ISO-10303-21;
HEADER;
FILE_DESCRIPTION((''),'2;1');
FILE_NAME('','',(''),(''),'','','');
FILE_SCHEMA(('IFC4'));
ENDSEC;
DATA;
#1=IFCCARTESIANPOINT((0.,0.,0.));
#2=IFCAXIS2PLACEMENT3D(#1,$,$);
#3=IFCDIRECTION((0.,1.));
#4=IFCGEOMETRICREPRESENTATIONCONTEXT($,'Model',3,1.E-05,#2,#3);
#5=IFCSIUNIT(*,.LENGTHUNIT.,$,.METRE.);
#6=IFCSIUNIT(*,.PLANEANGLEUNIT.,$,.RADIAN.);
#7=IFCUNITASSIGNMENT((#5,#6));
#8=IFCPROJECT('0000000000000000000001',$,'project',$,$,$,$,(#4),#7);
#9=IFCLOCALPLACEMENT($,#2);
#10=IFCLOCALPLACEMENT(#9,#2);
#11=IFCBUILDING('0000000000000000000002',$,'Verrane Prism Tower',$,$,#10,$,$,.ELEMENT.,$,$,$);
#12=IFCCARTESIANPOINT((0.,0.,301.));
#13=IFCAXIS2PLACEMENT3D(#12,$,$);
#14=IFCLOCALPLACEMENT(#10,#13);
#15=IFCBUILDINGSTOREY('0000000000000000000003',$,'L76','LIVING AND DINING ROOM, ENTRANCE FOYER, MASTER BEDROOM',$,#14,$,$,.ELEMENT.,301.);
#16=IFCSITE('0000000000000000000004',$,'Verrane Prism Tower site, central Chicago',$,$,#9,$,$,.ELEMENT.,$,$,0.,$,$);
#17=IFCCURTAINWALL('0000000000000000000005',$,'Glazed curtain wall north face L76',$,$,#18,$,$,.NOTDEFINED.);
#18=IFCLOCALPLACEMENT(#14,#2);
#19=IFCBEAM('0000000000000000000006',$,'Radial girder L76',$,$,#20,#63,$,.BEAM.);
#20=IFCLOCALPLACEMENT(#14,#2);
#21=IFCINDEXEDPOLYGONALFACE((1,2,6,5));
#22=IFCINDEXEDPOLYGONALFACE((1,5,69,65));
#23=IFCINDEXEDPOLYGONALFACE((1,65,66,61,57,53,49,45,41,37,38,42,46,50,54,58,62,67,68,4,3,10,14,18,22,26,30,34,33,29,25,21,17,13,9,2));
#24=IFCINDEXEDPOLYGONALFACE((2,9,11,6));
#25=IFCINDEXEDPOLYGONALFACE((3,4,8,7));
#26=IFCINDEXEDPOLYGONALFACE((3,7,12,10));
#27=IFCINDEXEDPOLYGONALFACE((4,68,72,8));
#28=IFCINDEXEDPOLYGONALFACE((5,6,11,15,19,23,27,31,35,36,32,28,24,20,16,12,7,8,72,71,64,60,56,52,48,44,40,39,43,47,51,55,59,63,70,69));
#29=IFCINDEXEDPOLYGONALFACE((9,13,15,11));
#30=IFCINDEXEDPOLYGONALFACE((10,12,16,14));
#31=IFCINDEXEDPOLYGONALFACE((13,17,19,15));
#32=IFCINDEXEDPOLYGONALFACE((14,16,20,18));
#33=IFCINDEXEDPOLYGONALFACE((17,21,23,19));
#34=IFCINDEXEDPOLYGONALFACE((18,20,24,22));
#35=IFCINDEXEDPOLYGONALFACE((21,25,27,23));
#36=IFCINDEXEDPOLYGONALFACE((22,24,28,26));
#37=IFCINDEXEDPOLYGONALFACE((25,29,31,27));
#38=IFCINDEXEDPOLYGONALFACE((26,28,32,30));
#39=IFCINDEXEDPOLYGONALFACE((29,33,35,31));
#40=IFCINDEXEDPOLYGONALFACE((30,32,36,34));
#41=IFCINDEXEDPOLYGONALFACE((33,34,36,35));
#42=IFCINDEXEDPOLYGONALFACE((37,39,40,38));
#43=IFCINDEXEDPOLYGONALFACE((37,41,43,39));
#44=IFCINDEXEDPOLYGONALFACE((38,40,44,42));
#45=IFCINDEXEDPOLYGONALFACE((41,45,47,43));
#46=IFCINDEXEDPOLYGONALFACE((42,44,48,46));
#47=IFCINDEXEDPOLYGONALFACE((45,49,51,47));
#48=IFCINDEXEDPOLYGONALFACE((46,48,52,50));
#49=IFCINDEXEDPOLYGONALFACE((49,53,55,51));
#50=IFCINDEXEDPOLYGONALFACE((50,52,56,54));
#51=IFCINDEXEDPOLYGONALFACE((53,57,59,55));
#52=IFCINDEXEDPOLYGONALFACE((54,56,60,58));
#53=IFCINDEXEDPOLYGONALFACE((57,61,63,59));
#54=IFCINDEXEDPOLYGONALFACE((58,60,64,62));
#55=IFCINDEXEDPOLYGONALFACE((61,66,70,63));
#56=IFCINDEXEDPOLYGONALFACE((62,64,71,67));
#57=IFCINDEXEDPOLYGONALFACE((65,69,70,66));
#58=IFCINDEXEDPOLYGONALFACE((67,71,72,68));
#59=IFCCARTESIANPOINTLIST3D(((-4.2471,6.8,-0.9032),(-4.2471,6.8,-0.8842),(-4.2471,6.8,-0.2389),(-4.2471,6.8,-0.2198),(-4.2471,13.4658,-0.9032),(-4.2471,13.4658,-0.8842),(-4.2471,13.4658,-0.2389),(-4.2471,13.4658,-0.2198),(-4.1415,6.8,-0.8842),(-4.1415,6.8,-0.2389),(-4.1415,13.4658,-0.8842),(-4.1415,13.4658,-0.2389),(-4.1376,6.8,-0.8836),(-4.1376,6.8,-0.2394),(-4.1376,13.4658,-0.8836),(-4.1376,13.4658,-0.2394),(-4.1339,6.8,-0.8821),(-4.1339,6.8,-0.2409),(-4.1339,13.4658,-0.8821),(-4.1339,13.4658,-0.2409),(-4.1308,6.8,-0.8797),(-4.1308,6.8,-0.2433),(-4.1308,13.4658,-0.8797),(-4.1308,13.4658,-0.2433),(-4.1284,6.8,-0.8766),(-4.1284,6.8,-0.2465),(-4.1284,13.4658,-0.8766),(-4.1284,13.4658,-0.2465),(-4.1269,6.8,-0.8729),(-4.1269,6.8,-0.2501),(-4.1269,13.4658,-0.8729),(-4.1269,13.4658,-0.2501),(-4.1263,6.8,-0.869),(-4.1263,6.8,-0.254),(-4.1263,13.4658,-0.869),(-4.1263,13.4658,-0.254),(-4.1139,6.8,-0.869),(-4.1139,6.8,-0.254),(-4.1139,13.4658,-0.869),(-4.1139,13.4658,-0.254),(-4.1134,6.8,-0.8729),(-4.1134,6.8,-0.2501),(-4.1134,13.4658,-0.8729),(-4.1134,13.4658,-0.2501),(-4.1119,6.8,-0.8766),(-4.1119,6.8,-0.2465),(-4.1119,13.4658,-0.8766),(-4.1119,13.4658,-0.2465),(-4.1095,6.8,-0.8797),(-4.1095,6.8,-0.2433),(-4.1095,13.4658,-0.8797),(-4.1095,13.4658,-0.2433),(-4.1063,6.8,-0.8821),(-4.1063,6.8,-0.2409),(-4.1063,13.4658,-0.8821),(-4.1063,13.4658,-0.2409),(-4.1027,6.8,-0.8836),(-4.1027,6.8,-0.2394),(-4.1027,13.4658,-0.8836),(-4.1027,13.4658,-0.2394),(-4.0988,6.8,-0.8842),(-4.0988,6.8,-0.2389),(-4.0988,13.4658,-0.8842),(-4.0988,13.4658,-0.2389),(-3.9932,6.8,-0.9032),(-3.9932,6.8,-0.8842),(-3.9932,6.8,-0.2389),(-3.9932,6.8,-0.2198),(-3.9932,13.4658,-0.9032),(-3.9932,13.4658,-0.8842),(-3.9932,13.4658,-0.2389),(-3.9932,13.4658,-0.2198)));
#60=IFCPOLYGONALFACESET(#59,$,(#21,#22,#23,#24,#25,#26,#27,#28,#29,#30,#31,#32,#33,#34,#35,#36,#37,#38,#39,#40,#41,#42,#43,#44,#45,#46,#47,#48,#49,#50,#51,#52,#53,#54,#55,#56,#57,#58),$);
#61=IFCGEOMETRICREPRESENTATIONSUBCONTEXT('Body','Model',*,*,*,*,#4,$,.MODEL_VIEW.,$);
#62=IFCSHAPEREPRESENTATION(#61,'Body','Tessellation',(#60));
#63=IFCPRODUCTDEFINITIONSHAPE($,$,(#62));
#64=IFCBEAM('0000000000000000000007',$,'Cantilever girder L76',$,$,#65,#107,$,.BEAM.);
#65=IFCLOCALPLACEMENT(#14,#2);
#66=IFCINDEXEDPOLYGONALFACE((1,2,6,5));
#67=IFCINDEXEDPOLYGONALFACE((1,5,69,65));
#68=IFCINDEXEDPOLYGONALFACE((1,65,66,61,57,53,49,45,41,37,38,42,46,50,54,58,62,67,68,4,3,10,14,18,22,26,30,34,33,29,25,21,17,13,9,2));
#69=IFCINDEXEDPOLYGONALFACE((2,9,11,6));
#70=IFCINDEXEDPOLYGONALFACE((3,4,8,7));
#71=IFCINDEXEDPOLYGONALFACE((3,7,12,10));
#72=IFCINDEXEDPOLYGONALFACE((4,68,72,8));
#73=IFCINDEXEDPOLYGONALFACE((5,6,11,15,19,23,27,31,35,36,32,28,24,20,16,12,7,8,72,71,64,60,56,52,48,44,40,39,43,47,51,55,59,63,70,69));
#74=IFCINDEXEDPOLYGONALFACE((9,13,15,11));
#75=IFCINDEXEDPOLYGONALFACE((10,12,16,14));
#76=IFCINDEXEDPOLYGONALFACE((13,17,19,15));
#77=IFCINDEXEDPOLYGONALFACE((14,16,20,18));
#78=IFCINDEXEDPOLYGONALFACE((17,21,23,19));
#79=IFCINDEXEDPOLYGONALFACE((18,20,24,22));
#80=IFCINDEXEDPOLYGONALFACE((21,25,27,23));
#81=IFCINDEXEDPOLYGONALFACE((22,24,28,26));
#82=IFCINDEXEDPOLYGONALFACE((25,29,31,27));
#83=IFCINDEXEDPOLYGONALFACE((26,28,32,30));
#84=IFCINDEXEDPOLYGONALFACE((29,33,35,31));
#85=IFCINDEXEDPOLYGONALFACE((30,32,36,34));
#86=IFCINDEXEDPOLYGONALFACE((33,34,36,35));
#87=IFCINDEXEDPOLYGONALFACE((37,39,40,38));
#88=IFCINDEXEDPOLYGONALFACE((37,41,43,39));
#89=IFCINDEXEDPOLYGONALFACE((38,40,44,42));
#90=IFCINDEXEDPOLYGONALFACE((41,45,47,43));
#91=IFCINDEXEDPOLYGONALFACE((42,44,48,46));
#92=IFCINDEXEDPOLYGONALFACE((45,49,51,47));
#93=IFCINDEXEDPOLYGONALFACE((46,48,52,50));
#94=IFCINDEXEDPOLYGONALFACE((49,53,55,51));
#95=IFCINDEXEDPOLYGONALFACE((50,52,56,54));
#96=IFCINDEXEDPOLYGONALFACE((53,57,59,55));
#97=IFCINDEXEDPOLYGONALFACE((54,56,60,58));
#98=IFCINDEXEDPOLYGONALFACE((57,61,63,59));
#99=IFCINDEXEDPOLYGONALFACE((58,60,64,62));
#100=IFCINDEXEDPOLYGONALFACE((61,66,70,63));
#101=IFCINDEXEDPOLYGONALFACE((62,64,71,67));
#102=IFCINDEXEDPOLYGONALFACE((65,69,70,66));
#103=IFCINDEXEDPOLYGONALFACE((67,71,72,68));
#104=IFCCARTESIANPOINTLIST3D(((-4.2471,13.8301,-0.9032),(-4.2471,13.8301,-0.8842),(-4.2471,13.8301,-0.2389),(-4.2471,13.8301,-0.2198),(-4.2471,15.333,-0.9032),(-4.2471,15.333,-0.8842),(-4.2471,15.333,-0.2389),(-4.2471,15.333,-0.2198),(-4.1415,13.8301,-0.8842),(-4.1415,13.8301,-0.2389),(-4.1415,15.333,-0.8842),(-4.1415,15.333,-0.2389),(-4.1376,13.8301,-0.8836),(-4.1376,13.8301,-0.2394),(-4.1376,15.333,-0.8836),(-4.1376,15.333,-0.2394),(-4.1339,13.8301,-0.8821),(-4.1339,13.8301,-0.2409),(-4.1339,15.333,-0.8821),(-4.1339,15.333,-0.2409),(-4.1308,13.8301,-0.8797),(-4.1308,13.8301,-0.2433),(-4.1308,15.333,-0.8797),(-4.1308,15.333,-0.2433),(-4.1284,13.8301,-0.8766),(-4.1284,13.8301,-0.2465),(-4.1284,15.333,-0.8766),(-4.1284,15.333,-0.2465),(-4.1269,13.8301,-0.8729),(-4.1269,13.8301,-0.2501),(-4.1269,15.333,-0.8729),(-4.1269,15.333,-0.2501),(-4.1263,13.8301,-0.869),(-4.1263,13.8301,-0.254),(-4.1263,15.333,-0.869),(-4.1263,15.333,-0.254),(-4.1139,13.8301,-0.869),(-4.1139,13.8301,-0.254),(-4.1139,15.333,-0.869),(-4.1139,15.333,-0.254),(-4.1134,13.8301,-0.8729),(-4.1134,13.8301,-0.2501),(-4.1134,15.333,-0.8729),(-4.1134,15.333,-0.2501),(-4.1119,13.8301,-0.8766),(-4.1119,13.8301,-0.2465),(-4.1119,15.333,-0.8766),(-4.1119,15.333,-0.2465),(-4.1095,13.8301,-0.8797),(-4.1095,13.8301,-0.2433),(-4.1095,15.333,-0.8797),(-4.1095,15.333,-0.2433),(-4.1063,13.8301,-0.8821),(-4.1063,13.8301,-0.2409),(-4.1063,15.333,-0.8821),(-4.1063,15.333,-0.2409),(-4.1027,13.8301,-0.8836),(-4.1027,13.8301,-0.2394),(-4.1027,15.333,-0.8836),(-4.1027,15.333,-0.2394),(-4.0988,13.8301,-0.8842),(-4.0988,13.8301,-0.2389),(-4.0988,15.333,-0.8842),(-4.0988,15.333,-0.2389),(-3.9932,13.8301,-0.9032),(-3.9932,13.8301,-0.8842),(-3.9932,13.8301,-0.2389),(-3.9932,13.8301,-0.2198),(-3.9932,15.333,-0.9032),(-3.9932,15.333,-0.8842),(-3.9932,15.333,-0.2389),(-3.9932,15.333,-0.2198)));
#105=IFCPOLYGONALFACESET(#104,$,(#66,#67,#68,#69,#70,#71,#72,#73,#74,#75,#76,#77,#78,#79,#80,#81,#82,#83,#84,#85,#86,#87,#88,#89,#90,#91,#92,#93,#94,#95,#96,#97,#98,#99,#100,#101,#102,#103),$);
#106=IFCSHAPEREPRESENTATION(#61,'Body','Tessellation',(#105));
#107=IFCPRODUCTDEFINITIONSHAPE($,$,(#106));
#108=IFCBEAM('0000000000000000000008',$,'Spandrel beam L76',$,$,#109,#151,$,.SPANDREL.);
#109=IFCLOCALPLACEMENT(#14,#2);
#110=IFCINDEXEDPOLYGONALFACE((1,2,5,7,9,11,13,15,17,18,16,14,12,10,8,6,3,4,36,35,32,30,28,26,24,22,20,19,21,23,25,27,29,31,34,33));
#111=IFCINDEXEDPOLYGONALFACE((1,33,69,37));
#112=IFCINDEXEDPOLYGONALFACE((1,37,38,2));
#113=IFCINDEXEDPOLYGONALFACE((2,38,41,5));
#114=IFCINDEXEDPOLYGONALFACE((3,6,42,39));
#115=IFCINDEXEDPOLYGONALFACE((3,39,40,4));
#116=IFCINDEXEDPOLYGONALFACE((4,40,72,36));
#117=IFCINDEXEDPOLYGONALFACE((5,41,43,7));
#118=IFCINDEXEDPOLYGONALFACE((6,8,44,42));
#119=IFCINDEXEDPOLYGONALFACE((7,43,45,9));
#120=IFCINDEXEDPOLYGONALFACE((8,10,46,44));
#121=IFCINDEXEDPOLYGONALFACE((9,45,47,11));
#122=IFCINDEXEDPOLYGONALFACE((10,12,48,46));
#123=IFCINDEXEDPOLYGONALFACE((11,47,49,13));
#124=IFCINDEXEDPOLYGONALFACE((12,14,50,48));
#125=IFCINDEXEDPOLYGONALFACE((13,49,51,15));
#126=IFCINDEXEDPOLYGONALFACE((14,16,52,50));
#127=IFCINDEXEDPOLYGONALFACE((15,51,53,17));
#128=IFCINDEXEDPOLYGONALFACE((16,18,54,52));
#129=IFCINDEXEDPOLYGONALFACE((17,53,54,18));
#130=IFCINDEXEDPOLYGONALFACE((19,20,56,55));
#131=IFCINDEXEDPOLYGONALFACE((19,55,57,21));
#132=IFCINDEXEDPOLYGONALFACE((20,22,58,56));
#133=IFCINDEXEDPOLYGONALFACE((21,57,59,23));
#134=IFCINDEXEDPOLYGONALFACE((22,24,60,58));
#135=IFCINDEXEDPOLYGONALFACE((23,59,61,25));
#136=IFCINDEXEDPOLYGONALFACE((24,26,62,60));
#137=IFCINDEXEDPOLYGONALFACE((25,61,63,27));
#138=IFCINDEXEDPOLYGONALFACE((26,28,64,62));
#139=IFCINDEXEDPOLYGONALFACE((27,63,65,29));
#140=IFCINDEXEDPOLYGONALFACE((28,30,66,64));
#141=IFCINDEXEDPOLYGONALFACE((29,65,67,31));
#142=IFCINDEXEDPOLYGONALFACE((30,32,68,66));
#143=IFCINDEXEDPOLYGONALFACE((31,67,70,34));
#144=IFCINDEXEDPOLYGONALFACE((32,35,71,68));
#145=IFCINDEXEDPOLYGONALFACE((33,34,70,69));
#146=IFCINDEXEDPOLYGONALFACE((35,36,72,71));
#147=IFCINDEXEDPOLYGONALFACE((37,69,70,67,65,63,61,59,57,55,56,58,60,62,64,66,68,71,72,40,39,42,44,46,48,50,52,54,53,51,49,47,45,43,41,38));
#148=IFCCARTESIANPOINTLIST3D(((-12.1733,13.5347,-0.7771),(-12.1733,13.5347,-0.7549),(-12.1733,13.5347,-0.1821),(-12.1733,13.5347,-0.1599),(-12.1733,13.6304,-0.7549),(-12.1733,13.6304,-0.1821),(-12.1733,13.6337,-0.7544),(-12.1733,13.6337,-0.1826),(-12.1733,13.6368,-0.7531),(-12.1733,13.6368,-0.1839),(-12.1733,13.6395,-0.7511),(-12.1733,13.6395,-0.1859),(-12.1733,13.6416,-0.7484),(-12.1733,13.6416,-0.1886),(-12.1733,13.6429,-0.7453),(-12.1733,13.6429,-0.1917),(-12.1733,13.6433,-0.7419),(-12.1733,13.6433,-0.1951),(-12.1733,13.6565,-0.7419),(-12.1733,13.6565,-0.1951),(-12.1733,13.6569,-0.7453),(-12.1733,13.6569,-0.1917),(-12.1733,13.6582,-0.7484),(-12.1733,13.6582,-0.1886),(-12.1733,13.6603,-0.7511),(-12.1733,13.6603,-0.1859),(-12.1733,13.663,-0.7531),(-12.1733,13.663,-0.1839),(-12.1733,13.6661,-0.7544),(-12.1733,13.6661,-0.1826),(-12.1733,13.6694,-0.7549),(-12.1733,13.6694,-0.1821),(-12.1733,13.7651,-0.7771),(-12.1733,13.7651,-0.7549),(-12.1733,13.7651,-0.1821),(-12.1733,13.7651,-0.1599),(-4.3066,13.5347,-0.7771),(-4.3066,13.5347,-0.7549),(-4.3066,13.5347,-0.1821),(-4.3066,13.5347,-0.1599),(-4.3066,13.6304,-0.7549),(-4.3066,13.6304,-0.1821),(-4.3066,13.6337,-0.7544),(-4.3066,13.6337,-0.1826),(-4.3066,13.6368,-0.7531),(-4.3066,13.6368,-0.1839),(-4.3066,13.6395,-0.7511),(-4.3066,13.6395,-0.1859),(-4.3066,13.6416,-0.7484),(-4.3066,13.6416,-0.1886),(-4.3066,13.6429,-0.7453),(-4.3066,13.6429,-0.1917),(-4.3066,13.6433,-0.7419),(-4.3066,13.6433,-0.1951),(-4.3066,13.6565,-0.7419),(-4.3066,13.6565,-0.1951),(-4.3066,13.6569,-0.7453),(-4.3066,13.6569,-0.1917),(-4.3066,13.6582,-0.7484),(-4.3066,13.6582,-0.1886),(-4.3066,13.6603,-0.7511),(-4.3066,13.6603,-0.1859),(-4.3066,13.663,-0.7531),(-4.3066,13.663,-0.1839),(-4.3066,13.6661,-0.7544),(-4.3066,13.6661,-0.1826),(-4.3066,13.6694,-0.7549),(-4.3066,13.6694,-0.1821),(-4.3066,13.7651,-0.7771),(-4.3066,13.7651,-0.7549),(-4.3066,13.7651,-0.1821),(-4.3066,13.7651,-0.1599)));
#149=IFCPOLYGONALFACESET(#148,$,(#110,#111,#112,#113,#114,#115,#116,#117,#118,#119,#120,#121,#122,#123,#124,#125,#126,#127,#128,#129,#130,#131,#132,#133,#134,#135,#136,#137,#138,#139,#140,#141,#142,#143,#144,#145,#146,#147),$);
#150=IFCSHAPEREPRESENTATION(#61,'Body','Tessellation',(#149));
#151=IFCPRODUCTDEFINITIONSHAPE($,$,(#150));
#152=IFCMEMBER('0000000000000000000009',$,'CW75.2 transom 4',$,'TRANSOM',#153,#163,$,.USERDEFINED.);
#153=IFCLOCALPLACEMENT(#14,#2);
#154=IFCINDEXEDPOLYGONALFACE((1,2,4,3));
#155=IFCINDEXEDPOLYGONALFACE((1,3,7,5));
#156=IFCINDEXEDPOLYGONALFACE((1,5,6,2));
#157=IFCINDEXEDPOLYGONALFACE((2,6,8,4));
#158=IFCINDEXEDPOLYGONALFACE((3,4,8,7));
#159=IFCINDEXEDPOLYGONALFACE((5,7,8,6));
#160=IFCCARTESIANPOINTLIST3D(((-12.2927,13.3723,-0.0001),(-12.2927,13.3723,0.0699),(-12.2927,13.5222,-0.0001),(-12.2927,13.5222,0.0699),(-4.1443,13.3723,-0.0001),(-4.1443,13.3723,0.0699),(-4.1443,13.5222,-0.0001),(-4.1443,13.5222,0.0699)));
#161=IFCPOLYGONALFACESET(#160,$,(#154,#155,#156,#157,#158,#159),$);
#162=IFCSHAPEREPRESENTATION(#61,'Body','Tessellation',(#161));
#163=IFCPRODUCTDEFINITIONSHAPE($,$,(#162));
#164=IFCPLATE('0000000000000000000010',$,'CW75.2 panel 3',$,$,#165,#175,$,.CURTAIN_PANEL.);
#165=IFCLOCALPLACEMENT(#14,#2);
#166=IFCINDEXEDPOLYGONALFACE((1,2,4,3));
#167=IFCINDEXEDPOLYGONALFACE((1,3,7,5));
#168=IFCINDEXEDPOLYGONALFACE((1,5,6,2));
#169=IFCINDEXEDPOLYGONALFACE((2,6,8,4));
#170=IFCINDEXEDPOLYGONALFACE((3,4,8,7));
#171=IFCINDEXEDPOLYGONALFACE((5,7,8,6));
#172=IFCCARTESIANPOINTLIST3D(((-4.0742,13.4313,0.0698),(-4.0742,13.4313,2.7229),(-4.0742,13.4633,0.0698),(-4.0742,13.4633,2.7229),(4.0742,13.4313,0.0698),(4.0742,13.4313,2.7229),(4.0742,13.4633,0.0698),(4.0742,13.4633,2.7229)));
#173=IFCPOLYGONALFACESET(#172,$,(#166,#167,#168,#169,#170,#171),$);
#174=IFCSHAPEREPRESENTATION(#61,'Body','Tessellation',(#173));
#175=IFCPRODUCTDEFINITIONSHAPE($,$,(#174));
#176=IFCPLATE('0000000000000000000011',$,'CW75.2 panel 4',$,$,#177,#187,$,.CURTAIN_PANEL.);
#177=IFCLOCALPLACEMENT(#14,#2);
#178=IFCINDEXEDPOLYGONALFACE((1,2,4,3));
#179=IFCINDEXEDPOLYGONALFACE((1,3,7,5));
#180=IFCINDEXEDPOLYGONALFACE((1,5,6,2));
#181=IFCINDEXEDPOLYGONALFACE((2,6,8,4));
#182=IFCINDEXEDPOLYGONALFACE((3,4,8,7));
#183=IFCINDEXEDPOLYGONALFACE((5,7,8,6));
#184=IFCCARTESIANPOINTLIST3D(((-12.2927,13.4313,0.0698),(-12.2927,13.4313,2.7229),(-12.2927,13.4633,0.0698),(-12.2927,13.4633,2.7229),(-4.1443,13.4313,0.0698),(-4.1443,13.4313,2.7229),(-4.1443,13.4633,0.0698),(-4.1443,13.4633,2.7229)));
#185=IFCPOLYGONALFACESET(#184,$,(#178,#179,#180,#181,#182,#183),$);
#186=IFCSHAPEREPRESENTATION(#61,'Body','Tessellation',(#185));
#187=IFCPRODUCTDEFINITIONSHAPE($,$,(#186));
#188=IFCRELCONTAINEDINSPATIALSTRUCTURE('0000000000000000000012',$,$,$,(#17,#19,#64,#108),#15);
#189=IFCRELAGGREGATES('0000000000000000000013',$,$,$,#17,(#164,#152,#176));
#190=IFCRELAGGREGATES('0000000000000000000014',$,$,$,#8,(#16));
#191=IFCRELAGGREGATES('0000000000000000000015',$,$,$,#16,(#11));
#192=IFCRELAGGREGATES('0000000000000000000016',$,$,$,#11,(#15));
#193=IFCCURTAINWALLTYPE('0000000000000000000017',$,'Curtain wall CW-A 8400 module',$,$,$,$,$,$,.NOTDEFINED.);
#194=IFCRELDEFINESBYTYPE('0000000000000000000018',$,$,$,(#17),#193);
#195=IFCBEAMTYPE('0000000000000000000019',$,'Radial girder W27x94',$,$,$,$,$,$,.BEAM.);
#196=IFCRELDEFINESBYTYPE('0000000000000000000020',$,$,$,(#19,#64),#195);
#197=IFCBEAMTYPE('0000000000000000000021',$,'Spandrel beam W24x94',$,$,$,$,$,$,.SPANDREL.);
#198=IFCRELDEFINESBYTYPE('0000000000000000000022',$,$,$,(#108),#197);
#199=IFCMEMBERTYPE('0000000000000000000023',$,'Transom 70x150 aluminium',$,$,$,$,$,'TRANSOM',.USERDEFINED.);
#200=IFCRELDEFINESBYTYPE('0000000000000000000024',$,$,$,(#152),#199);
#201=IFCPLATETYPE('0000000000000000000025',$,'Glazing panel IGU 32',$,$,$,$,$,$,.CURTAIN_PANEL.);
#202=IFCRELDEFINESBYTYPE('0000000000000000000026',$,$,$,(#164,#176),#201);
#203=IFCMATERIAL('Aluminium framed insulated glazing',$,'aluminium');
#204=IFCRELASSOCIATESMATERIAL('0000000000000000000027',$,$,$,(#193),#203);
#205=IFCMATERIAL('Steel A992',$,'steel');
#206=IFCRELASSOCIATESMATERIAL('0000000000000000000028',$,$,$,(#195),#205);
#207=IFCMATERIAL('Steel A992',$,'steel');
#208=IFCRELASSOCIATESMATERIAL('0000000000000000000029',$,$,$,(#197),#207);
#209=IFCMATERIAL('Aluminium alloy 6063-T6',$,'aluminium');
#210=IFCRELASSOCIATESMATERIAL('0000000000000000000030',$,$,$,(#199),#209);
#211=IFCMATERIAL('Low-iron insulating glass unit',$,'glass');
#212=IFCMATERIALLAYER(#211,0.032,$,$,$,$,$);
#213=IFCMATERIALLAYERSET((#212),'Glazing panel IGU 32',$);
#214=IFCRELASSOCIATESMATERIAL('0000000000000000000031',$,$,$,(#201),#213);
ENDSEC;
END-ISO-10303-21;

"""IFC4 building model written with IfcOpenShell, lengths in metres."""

from ifc_helpers import new_model, si_unit, direction, frame, origin, origin_2d, place, context, subcontext, project, spatial, rectangle, i_section, extrude, material, layer, layer_set, material_profile, profile_set, type_object, element, aggregate, save


model = new_model("IFC4")

# Units and contexts
model_context = context("Model", 3, precision=1e-05, world=origin(), true_north=direction((0.0, 1.0)))
body_context = subcontext(model_context, "Body", "Model", "MODEL_VIEW")
ifc_project = project(units=[si_unit("LENGTHUNIT", "METRE"), si_unit("PLANEANGLEUNIT", "RADIAN")], contexts=[model_context])

# Site, building, storey
site_placement = place(None, origin())
site = spatial("IfcSite", under=ifc_project, at=site_placement, Name="Verrane Prism Tower site, central Chicago", CompositionType="ELEMENT", RefElevation=0.0)
building_placement = place(site_placement, origin())
building = spatial("IfcBuilding", under=site, at=building_placement, Name="Verrane Prism Tower", CompositionType="ELEMENT")
storey_placement = place(building_placement, frame((0.0, 0.0, 301.0)))
storey = spatial("IfcBuildingStorey", under=building, at=storey_placement, Name="L76", Description="LIVING AND DINING ROOM, ENTRANCE FOYER, MASTER BEDROOM", CompositionType="ELEMENT", Elevation=301.0)

# Curtain wall
ifc_material_1 = material(Name="Aluminium framed insulated glazing", Category="aluminium")
curtain_wall_type = type_object("IfcCurtainWallType", Name="Curtain wall CW-A 8400 module", PredefinedType="NOTDEFINED", material=ifc_material_1)
curtain_wall_placement = place(storey_placement, origin())
curtain_wall = element("IfcCurtainWall", 1, at=curtain_wall_placement, inside=storey, type_object=curtain_wall_type, Name="Glazed curtain wall north face L76", PredefinedType="NOTDEFINED")

# Beams
ifc_material_2 = material(Name="Steel A992", Category="steel")
ifc_material_profile_1 = material_profile(ifc_material_2, i_section(OverallWidth=0.2539, OverallDepth=0.6833, WebThickness=0.0125, FlangeThickness=0.019, FilletRadius=0.0151, at=origin_2d()), Name="W27x94")
ifc_profile_set_1 = profile_set([ifc_material_profile_1], Name="Steel A992")
beam_type_1 = type_object("IfcBeamType", Name="Radial girder W27x94", PredefinedType="BEAM", material=ifc_profile_set_1)
beam_1_placement = place(storey_placement, frame((-4.1201, 13.4658, -0.5615), z_axis=(0.0, -1.0, 0.0), x_axis=(1.0, 0.0, 0.0)))
element("IfcBeam", 2, at=beam_1_placement, inside=storey, type_object=beam_type_1, Name="Radial girder L76", PredefinedType="BEAM", context=body_context, shape_type="SweptSolid", body=[
    extrude(i_section(OverallWidth=0.2539, OverallDepth=0.6833, WebThickness=0.0125, FlangeThickness=0.019, FilletRadius=0.0151, at=origin_2d()), origin(), (0.0, 0.0, 1.0), 6.6658),
])
beam_2_placement = place(storey_placement, frame((-4.1201, 13.8301, -0.5615), z_axis=(0.0, 1.0, 0.0), x_axis=(-1.0, 0.0, 0.0)))
element("IfcBeam", 3, at=beam_2_placement, inside=storey, type_object=beam_type_1, Name="Cantilever girder L76", PredefinedType="BEAM", context=body_context, shape_type="SweptSolid", body=[
    extrude(i_section(OverallWidth=0.2539, OverallDepth=0.6833, WebThickness=0.0125, FlangeThickness=0.019, FilletRadius=0.0151, at=origin_2d()), origin(), (0.0, 0.0, 1.0), 1.5029),
])
ifc_material_3 = material(Name="Steel A992", Category="steel")
ifc_material_profile_2 = material_profile(ifc_material_3, i_section(OverallWidth=0.2305, OverallDepth=0.6172, WebThickness=0.0132, FlangeThickness=0.0222, FilletRadius=0.0129, at=origin_2d()), Name="W24x94")
ifc_profile_set_2 = profile_set([ifc_material_profile_2], Name="Steel A992")
beam_type_2 = type_object("IfcBeamType", Name="Spandrel beam W24x94", PredefinedType="SPANDREL", material=ifc_profile_set_2)
beam_3_placement = place(storey_placement, frame((-4.3066, 13.6499, -0.4685), z_axis=(-1.0, 0.0, 0.0), x_axis=(0.0, -1.0, 0.0)))
element("IfcBeam", 4, at=beam_3_placement, inside=storey, type_object=beam_type_2, Name="Spandrel beam L76", PredefinedType="SPANDREL", context=body_context, shape_type="SweptSolid", body=[
    extrude(i_section(OverallWidth=0.2305, OverallDepth=0.6172, WebThickness=0.0132, FlangeThickness=0.0222, FilletRadius=0.0129, at=origin_2d()), origin(), (0.0, 0.0, 1.0), 7.8667),
])

# Member
ifc_material_4 = material(Name="Aluminium alloy 6063-T6", Category="aluminium")
ifc_material_profile_3 = material_profile(ifc_material_4, rectangle(XDim=0.1499, YDim=0.0701, at=origin_2d()), Name="Transom 70x150 aluminium")
ifc_profile_set_3 = profile_set([ifc_material_profile_3], Name="Aluminium alloy 6063-T6")
member_type_1 = type_object("IfcMemberType", Name="Transom 70x150 aluminium", ElementType="TRANSOM", PredefinedType="USERDEFINED", material=ifc_profile_set_3)
member_1_placement = place(storey_placement, frame((-4.1443, 13.4473, 0.0349), z_axis=(-1.0, 0.0, 0.0), x_axis=(0.0, -1.0, 0.0)))
member_1 = element("IfcMember", 5, at=member_1_placement, type_object=member_type_1, Name="CW75.2 transom 4", ObjectType="TRANSOM", PredefinedType="USERDEFINED", context=body_context, shape_type="SweptSolid", body=[
    extrude(rectangle(XDim=0.1499, YDim=0.0701, at=origin_2d()), origin(), (0.0, 0.0, 1.0), 8.1484),
])

# Plates
ifc_material_5 = material(Name="Low-iron insulating glass unit", Category="glass")
ifc_layer_1 = layer(ifc_material_5, 0.032)
ifc_layer_set_1 = layer_set([ifc_layer_1], Name="Glazing panel IGU 32")
plate_type = type_object("IfcPlateType", Name="Glazing panel IGU 32", PredefinedType="CURTAIN_PANEL", material=ifc_layer_set_1)
plate_1_placement = place(storey_placement, frame((0.0, 13.4473, 0.0698), z_axis=(0.0, 0.0, 1.0), x_axis=(-1.0, 0.0, 0.0)))
plate_1 = element("IfcPlate", 6, at=plate_1_placement, type_object=plate_type, Name="CW75.2 panel 3", PredefinedType="CURTAIN_PANEL", context=body_context, shape_type="SweptSolid", body=[
    extrude(rectangle(XDim=8.1484, YDim=0.032, at=origin_2d()), origin(), (0.0, 0.0, 1.0), 2.6531),
])
plate_2_placement = place(storey_placement, frame((-8.2185, 13.4473, 0.0698), z_axis=(0.0, 0.0, 1.0), x_axis=(-1.0, 0.0, 0.0)))
plate_2 = element("IfcPlate", 7, at=plate_2_placement, type_object=plate_type, Name="CW75.2 panel 4", PredefinedType="CURTAIN_PANEL", context=body_context, shape_type="SweptSolid", body=[
    extrude(rectangle(XDim=8.1484, YDim=0.032, at=origin_2d()), origin(), (0.0, 0.0, 1.0), 2.6531),
])
aggregate(curtain_wall, [plate_1, member_1, plate_2])

save(model, "model.ifc")
